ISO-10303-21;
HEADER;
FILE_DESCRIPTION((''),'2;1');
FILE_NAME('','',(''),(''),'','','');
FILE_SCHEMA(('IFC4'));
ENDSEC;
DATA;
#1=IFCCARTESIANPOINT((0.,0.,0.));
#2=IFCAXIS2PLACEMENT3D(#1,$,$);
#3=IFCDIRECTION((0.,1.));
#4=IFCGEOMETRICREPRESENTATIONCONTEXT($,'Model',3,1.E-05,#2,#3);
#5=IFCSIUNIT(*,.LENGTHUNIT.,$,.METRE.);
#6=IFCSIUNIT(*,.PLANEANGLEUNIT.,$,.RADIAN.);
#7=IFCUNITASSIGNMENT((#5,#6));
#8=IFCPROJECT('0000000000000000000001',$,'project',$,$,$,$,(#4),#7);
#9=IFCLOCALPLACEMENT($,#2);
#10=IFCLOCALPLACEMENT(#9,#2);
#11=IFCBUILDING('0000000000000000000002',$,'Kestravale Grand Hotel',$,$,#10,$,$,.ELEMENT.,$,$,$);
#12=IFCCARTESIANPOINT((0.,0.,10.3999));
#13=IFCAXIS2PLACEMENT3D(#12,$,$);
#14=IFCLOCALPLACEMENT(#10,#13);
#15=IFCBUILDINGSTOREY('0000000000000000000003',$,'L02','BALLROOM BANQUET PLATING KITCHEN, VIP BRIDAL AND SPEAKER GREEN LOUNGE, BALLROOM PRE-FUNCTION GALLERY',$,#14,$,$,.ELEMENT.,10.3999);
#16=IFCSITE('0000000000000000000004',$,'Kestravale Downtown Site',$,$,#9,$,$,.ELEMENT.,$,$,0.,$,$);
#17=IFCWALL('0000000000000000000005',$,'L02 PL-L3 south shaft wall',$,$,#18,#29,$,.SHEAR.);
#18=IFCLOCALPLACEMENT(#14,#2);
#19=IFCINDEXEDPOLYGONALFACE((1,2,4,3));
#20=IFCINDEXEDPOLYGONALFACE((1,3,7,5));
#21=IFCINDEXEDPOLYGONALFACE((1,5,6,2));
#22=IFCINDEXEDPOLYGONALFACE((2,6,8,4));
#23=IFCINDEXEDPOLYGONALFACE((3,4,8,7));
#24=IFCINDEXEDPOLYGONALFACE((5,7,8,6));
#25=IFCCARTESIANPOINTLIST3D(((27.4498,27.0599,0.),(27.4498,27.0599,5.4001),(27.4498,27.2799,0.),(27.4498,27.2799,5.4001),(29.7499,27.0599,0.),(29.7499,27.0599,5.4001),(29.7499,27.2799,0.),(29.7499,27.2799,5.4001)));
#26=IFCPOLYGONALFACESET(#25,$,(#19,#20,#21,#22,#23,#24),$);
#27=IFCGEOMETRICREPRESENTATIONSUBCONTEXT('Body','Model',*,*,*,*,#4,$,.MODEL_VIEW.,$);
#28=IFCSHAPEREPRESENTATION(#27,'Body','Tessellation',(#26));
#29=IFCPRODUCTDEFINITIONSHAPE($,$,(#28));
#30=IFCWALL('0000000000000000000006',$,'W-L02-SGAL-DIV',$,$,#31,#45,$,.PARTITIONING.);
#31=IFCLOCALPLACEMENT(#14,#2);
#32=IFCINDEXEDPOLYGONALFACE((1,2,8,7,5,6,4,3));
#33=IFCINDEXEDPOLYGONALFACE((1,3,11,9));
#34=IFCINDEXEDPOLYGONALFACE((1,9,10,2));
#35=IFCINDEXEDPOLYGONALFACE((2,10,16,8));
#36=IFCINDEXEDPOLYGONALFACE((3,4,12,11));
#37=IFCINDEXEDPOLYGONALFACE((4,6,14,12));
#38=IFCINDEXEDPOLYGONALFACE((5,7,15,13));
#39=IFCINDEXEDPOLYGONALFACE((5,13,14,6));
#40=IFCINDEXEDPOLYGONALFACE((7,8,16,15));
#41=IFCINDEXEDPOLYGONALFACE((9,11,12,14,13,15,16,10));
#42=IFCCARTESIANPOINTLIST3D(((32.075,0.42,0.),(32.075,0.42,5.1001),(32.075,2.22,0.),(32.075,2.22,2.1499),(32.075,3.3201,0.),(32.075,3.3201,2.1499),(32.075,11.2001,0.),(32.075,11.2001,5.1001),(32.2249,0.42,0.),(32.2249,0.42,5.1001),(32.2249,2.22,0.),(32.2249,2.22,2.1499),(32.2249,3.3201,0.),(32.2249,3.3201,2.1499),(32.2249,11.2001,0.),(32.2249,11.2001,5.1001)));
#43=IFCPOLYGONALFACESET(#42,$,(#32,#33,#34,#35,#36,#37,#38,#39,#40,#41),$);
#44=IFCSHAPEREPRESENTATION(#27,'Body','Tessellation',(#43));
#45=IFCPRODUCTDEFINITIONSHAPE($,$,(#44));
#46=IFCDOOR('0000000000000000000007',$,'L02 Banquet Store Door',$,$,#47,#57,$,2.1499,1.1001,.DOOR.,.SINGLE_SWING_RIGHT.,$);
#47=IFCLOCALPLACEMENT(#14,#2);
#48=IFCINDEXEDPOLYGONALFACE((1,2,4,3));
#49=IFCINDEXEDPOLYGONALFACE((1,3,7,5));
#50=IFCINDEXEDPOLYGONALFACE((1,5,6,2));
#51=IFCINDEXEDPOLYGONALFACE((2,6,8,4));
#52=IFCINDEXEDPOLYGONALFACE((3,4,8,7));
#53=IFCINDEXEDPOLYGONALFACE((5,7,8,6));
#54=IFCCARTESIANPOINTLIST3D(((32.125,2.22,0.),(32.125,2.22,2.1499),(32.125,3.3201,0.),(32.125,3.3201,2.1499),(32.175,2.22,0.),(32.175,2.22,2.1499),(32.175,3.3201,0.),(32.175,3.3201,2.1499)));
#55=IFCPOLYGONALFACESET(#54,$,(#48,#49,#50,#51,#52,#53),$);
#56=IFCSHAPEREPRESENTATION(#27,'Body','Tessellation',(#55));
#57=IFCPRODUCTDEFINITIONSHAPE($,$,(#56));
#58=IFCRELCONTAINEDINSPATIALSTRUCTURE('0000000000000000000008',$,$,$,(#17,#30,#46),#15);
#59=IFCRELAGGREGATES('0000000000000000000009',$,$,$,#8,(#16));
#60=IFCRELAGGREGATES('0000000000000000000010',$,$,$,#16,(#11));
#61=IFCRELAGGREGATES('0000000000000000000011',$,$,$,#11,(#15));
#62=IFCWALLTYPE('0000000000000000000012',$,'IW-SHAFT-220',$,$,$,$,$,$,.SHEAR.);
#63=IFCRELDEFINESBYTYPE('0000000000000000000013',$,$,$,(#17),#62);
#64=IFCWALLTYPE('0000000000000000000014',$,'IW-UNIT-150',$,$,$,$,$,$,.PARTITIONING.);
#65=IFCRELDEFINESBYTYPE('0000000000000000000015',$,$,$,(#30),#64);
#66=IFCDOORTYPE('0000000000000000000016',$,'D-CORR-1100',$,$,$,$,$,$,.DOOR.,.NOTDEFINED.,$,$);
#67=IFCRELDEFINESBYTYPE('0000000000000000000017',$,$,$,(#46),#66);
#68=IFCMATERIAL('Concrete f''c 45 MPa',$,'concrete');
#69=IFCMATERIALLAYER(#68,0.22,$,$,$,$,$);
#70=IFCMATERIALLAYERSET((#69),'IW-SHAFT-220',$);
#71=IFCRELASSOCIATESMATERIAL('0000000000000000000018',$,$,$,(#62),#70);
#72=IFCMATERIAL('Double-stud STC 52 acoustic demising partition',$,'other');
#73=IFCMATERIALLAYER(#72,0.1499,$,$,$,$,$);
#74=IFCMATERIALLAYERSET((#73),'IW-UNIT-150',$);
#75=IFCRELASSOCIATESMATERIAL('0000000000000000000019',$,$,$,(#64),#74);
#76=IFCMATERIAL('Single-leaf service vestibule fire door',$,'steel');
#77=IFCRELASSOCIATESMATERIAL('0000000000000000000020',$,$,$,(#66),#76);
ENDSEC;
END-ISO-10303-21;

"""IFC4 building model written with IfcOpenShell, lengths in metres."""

from ifc_helpers import new_model, si_unit, direction, frame, frame_2d, origin, place, context, subcontext, project, spatial, rectangle, extrude, material, layer, layer_set, type_object, element, fill, save


model = new_model("IFC4")

# Units and contexts
model_context = context("Model", 3, precision=1e-05, world=origin(), true_north=direction((0.0, 1.0)))
body_context = subcontext(model_context, "Body", "Model", "MODEL_VIEW")
ifc_project = project(units=[si_unit("LENGTHUNIT", "METRE"), si_unit("PLANEANGLEUNIT", "RADIAN")], contexts=[model_context])

# Site, building, storey
site_placement = place(None, origin())
site = spatial("IfcSite", under=ifc_project, at=site_placement, Name="Kestravale Downtown Site", CompositionType="ELEMENT", RefElevation=0.0)
building_placement = place(site_placement, origin())
building = spatial("IfcBuilding", under=site, at=building_placement, Name="Kestravale Grand Hotel", CompositionType="ELEMENT")
storey_placement = place(building_placement, frame((0.0, 0.0, 10.3999)))
storey = spatial("IfcBuildingStorey", under=building, at=storey_placement, Name="L02", Description="BALLROOM BANQUET PLATING KITCHEN, VIP BRIDAL AND SPEAKER GREEN LOUNGE, BALLROOM PRE-FUNCTION GALLERY", CompositionType="ELEMENT", Elevation=10.3999)

# Wall
ifc_material_1 = material(Name="Concrete f'c 45 MPa", Category="concrete")
ifc_layer_1 = layer(ifc_material_1, 0.22)
ifc_layer_set_1 = layer_set([ifc_layer_1], Name="IW-SHAFT-220")
wall_type_1 = type_object("IfcWallType", Name="IW-SHAFT-220", PredefinedType="SHEAR", material=ifc_layer_set_1)
for number, where, z_axis, x_axis, name in (
    (1, (27.45, 27.1699, 0.0), (0.0, 0.0, 1.0), (1.0, 0.0, 0.0), "L02 PL-L3 south shaft wall"),
):
    element("IfcWall", number, at=place(storey_placement, frame(where, z_axis=z_axis, x_axis=x_axis)), inside=storey, type_object=wall_type_1, Name=name, PredefinedType="SHEAR", context=body_context, shape_type="SweptSolid", body=[
        extrude(rectangle(XDim=2.3, YDim=0.22, at=frame_2d((1.1499, 0.0))), origin(), (0.0, 0.0, 1.0), 5.4001),
    ])

# Wall, opening, door
ifc_material_2 = material(Name="Double-stud STC 52 acoustic demising partition", Category="other")
ifc_layer_2 = layer(ifc_material_2, 0.1499)
ifc_layer_set_2 = layer_set([ifc_layer_2], Name="IW-UNIT-150")
wall_type_2 = type_object("IfcWallType", Name="IW-UNIT-150", PredefinedType="PARTITIONING", material=ifc_layer_set_2)
wall_1_placement = place(storey_placement, frame((32.1499, 0.4199, 0.0), z_axis=(0.0, 0.0, 1.0), x_axis=(0.0, 1.0, 0.0)))
wall_1 = element("IfcWall", 2, at=wall_1_placement, inside=storey, type_object=wall_type_2, Name="W-L02-SGAL-DIV", PredefinedType="PARTITIONING", context=body_context, shape_type="SweptSolid", body=[
    extrude(rectangle(XDim=10.78, YDim=0.1499, at=frame_2d((5.3901, 0.0))), origin(), (0.0, 0.0, 1.0), 5.1001),
])
opening_placement = place(wall_1_placement, frame((1.8, 0.0, 0.0)))
opening = element("IfcOpeningElement", 3, at=opening_placement, cuts=wall_1, PredefinedType="OPENING", context=body_context, shape_type="SweptSolid", body=[
    extrude(rectangle(XDim=1.1001, YDim=2.1499, at=frame_2d((0.55, 1.075))), frame((0.0, 0.085, 0.0), z_axis=(0.0, -1.0, 0.0), x_axis=(1.0, 0.0, 0.0)), (0.0, 0.0, 1.0), 0.1699),
])
ifc_material_3 = material(Name="Single-leaf service vestibule fire door", Category="steel")
door_type = type_object("IfcDoorType", Name="D-CORR-1100", OperationType="NOTDEFINED", PredefinedType="DOOR", material=ifc_material_3)
door_placement = place(opening_placement, origin())
door = element("IfcDoor", 4, at=door_placement, inside=storey, type_object=door_type, Name="L02 Banquet Store Door", OperationType="SINGLE_SWING_RIGHT", OverallHeight=2.1499, OverallWidth=1.1001, PredefinedType="DOOR", context=body_context, shape_type="SweptSolid", body=[
    extrude(rectangle(XDim=1.1001, YDim=2.1499, at=frame_2d((0.55, 1.075))), frame((0.0, 0.0249, 0.0), z_axis=(0.0, -1.0, 0.0), x_axis=(1.0, 0.0, 0.0)), (0.0, 0.0, 1.0), 0.05),
])
fill(opening, door)

save(model, "model.ifc")
